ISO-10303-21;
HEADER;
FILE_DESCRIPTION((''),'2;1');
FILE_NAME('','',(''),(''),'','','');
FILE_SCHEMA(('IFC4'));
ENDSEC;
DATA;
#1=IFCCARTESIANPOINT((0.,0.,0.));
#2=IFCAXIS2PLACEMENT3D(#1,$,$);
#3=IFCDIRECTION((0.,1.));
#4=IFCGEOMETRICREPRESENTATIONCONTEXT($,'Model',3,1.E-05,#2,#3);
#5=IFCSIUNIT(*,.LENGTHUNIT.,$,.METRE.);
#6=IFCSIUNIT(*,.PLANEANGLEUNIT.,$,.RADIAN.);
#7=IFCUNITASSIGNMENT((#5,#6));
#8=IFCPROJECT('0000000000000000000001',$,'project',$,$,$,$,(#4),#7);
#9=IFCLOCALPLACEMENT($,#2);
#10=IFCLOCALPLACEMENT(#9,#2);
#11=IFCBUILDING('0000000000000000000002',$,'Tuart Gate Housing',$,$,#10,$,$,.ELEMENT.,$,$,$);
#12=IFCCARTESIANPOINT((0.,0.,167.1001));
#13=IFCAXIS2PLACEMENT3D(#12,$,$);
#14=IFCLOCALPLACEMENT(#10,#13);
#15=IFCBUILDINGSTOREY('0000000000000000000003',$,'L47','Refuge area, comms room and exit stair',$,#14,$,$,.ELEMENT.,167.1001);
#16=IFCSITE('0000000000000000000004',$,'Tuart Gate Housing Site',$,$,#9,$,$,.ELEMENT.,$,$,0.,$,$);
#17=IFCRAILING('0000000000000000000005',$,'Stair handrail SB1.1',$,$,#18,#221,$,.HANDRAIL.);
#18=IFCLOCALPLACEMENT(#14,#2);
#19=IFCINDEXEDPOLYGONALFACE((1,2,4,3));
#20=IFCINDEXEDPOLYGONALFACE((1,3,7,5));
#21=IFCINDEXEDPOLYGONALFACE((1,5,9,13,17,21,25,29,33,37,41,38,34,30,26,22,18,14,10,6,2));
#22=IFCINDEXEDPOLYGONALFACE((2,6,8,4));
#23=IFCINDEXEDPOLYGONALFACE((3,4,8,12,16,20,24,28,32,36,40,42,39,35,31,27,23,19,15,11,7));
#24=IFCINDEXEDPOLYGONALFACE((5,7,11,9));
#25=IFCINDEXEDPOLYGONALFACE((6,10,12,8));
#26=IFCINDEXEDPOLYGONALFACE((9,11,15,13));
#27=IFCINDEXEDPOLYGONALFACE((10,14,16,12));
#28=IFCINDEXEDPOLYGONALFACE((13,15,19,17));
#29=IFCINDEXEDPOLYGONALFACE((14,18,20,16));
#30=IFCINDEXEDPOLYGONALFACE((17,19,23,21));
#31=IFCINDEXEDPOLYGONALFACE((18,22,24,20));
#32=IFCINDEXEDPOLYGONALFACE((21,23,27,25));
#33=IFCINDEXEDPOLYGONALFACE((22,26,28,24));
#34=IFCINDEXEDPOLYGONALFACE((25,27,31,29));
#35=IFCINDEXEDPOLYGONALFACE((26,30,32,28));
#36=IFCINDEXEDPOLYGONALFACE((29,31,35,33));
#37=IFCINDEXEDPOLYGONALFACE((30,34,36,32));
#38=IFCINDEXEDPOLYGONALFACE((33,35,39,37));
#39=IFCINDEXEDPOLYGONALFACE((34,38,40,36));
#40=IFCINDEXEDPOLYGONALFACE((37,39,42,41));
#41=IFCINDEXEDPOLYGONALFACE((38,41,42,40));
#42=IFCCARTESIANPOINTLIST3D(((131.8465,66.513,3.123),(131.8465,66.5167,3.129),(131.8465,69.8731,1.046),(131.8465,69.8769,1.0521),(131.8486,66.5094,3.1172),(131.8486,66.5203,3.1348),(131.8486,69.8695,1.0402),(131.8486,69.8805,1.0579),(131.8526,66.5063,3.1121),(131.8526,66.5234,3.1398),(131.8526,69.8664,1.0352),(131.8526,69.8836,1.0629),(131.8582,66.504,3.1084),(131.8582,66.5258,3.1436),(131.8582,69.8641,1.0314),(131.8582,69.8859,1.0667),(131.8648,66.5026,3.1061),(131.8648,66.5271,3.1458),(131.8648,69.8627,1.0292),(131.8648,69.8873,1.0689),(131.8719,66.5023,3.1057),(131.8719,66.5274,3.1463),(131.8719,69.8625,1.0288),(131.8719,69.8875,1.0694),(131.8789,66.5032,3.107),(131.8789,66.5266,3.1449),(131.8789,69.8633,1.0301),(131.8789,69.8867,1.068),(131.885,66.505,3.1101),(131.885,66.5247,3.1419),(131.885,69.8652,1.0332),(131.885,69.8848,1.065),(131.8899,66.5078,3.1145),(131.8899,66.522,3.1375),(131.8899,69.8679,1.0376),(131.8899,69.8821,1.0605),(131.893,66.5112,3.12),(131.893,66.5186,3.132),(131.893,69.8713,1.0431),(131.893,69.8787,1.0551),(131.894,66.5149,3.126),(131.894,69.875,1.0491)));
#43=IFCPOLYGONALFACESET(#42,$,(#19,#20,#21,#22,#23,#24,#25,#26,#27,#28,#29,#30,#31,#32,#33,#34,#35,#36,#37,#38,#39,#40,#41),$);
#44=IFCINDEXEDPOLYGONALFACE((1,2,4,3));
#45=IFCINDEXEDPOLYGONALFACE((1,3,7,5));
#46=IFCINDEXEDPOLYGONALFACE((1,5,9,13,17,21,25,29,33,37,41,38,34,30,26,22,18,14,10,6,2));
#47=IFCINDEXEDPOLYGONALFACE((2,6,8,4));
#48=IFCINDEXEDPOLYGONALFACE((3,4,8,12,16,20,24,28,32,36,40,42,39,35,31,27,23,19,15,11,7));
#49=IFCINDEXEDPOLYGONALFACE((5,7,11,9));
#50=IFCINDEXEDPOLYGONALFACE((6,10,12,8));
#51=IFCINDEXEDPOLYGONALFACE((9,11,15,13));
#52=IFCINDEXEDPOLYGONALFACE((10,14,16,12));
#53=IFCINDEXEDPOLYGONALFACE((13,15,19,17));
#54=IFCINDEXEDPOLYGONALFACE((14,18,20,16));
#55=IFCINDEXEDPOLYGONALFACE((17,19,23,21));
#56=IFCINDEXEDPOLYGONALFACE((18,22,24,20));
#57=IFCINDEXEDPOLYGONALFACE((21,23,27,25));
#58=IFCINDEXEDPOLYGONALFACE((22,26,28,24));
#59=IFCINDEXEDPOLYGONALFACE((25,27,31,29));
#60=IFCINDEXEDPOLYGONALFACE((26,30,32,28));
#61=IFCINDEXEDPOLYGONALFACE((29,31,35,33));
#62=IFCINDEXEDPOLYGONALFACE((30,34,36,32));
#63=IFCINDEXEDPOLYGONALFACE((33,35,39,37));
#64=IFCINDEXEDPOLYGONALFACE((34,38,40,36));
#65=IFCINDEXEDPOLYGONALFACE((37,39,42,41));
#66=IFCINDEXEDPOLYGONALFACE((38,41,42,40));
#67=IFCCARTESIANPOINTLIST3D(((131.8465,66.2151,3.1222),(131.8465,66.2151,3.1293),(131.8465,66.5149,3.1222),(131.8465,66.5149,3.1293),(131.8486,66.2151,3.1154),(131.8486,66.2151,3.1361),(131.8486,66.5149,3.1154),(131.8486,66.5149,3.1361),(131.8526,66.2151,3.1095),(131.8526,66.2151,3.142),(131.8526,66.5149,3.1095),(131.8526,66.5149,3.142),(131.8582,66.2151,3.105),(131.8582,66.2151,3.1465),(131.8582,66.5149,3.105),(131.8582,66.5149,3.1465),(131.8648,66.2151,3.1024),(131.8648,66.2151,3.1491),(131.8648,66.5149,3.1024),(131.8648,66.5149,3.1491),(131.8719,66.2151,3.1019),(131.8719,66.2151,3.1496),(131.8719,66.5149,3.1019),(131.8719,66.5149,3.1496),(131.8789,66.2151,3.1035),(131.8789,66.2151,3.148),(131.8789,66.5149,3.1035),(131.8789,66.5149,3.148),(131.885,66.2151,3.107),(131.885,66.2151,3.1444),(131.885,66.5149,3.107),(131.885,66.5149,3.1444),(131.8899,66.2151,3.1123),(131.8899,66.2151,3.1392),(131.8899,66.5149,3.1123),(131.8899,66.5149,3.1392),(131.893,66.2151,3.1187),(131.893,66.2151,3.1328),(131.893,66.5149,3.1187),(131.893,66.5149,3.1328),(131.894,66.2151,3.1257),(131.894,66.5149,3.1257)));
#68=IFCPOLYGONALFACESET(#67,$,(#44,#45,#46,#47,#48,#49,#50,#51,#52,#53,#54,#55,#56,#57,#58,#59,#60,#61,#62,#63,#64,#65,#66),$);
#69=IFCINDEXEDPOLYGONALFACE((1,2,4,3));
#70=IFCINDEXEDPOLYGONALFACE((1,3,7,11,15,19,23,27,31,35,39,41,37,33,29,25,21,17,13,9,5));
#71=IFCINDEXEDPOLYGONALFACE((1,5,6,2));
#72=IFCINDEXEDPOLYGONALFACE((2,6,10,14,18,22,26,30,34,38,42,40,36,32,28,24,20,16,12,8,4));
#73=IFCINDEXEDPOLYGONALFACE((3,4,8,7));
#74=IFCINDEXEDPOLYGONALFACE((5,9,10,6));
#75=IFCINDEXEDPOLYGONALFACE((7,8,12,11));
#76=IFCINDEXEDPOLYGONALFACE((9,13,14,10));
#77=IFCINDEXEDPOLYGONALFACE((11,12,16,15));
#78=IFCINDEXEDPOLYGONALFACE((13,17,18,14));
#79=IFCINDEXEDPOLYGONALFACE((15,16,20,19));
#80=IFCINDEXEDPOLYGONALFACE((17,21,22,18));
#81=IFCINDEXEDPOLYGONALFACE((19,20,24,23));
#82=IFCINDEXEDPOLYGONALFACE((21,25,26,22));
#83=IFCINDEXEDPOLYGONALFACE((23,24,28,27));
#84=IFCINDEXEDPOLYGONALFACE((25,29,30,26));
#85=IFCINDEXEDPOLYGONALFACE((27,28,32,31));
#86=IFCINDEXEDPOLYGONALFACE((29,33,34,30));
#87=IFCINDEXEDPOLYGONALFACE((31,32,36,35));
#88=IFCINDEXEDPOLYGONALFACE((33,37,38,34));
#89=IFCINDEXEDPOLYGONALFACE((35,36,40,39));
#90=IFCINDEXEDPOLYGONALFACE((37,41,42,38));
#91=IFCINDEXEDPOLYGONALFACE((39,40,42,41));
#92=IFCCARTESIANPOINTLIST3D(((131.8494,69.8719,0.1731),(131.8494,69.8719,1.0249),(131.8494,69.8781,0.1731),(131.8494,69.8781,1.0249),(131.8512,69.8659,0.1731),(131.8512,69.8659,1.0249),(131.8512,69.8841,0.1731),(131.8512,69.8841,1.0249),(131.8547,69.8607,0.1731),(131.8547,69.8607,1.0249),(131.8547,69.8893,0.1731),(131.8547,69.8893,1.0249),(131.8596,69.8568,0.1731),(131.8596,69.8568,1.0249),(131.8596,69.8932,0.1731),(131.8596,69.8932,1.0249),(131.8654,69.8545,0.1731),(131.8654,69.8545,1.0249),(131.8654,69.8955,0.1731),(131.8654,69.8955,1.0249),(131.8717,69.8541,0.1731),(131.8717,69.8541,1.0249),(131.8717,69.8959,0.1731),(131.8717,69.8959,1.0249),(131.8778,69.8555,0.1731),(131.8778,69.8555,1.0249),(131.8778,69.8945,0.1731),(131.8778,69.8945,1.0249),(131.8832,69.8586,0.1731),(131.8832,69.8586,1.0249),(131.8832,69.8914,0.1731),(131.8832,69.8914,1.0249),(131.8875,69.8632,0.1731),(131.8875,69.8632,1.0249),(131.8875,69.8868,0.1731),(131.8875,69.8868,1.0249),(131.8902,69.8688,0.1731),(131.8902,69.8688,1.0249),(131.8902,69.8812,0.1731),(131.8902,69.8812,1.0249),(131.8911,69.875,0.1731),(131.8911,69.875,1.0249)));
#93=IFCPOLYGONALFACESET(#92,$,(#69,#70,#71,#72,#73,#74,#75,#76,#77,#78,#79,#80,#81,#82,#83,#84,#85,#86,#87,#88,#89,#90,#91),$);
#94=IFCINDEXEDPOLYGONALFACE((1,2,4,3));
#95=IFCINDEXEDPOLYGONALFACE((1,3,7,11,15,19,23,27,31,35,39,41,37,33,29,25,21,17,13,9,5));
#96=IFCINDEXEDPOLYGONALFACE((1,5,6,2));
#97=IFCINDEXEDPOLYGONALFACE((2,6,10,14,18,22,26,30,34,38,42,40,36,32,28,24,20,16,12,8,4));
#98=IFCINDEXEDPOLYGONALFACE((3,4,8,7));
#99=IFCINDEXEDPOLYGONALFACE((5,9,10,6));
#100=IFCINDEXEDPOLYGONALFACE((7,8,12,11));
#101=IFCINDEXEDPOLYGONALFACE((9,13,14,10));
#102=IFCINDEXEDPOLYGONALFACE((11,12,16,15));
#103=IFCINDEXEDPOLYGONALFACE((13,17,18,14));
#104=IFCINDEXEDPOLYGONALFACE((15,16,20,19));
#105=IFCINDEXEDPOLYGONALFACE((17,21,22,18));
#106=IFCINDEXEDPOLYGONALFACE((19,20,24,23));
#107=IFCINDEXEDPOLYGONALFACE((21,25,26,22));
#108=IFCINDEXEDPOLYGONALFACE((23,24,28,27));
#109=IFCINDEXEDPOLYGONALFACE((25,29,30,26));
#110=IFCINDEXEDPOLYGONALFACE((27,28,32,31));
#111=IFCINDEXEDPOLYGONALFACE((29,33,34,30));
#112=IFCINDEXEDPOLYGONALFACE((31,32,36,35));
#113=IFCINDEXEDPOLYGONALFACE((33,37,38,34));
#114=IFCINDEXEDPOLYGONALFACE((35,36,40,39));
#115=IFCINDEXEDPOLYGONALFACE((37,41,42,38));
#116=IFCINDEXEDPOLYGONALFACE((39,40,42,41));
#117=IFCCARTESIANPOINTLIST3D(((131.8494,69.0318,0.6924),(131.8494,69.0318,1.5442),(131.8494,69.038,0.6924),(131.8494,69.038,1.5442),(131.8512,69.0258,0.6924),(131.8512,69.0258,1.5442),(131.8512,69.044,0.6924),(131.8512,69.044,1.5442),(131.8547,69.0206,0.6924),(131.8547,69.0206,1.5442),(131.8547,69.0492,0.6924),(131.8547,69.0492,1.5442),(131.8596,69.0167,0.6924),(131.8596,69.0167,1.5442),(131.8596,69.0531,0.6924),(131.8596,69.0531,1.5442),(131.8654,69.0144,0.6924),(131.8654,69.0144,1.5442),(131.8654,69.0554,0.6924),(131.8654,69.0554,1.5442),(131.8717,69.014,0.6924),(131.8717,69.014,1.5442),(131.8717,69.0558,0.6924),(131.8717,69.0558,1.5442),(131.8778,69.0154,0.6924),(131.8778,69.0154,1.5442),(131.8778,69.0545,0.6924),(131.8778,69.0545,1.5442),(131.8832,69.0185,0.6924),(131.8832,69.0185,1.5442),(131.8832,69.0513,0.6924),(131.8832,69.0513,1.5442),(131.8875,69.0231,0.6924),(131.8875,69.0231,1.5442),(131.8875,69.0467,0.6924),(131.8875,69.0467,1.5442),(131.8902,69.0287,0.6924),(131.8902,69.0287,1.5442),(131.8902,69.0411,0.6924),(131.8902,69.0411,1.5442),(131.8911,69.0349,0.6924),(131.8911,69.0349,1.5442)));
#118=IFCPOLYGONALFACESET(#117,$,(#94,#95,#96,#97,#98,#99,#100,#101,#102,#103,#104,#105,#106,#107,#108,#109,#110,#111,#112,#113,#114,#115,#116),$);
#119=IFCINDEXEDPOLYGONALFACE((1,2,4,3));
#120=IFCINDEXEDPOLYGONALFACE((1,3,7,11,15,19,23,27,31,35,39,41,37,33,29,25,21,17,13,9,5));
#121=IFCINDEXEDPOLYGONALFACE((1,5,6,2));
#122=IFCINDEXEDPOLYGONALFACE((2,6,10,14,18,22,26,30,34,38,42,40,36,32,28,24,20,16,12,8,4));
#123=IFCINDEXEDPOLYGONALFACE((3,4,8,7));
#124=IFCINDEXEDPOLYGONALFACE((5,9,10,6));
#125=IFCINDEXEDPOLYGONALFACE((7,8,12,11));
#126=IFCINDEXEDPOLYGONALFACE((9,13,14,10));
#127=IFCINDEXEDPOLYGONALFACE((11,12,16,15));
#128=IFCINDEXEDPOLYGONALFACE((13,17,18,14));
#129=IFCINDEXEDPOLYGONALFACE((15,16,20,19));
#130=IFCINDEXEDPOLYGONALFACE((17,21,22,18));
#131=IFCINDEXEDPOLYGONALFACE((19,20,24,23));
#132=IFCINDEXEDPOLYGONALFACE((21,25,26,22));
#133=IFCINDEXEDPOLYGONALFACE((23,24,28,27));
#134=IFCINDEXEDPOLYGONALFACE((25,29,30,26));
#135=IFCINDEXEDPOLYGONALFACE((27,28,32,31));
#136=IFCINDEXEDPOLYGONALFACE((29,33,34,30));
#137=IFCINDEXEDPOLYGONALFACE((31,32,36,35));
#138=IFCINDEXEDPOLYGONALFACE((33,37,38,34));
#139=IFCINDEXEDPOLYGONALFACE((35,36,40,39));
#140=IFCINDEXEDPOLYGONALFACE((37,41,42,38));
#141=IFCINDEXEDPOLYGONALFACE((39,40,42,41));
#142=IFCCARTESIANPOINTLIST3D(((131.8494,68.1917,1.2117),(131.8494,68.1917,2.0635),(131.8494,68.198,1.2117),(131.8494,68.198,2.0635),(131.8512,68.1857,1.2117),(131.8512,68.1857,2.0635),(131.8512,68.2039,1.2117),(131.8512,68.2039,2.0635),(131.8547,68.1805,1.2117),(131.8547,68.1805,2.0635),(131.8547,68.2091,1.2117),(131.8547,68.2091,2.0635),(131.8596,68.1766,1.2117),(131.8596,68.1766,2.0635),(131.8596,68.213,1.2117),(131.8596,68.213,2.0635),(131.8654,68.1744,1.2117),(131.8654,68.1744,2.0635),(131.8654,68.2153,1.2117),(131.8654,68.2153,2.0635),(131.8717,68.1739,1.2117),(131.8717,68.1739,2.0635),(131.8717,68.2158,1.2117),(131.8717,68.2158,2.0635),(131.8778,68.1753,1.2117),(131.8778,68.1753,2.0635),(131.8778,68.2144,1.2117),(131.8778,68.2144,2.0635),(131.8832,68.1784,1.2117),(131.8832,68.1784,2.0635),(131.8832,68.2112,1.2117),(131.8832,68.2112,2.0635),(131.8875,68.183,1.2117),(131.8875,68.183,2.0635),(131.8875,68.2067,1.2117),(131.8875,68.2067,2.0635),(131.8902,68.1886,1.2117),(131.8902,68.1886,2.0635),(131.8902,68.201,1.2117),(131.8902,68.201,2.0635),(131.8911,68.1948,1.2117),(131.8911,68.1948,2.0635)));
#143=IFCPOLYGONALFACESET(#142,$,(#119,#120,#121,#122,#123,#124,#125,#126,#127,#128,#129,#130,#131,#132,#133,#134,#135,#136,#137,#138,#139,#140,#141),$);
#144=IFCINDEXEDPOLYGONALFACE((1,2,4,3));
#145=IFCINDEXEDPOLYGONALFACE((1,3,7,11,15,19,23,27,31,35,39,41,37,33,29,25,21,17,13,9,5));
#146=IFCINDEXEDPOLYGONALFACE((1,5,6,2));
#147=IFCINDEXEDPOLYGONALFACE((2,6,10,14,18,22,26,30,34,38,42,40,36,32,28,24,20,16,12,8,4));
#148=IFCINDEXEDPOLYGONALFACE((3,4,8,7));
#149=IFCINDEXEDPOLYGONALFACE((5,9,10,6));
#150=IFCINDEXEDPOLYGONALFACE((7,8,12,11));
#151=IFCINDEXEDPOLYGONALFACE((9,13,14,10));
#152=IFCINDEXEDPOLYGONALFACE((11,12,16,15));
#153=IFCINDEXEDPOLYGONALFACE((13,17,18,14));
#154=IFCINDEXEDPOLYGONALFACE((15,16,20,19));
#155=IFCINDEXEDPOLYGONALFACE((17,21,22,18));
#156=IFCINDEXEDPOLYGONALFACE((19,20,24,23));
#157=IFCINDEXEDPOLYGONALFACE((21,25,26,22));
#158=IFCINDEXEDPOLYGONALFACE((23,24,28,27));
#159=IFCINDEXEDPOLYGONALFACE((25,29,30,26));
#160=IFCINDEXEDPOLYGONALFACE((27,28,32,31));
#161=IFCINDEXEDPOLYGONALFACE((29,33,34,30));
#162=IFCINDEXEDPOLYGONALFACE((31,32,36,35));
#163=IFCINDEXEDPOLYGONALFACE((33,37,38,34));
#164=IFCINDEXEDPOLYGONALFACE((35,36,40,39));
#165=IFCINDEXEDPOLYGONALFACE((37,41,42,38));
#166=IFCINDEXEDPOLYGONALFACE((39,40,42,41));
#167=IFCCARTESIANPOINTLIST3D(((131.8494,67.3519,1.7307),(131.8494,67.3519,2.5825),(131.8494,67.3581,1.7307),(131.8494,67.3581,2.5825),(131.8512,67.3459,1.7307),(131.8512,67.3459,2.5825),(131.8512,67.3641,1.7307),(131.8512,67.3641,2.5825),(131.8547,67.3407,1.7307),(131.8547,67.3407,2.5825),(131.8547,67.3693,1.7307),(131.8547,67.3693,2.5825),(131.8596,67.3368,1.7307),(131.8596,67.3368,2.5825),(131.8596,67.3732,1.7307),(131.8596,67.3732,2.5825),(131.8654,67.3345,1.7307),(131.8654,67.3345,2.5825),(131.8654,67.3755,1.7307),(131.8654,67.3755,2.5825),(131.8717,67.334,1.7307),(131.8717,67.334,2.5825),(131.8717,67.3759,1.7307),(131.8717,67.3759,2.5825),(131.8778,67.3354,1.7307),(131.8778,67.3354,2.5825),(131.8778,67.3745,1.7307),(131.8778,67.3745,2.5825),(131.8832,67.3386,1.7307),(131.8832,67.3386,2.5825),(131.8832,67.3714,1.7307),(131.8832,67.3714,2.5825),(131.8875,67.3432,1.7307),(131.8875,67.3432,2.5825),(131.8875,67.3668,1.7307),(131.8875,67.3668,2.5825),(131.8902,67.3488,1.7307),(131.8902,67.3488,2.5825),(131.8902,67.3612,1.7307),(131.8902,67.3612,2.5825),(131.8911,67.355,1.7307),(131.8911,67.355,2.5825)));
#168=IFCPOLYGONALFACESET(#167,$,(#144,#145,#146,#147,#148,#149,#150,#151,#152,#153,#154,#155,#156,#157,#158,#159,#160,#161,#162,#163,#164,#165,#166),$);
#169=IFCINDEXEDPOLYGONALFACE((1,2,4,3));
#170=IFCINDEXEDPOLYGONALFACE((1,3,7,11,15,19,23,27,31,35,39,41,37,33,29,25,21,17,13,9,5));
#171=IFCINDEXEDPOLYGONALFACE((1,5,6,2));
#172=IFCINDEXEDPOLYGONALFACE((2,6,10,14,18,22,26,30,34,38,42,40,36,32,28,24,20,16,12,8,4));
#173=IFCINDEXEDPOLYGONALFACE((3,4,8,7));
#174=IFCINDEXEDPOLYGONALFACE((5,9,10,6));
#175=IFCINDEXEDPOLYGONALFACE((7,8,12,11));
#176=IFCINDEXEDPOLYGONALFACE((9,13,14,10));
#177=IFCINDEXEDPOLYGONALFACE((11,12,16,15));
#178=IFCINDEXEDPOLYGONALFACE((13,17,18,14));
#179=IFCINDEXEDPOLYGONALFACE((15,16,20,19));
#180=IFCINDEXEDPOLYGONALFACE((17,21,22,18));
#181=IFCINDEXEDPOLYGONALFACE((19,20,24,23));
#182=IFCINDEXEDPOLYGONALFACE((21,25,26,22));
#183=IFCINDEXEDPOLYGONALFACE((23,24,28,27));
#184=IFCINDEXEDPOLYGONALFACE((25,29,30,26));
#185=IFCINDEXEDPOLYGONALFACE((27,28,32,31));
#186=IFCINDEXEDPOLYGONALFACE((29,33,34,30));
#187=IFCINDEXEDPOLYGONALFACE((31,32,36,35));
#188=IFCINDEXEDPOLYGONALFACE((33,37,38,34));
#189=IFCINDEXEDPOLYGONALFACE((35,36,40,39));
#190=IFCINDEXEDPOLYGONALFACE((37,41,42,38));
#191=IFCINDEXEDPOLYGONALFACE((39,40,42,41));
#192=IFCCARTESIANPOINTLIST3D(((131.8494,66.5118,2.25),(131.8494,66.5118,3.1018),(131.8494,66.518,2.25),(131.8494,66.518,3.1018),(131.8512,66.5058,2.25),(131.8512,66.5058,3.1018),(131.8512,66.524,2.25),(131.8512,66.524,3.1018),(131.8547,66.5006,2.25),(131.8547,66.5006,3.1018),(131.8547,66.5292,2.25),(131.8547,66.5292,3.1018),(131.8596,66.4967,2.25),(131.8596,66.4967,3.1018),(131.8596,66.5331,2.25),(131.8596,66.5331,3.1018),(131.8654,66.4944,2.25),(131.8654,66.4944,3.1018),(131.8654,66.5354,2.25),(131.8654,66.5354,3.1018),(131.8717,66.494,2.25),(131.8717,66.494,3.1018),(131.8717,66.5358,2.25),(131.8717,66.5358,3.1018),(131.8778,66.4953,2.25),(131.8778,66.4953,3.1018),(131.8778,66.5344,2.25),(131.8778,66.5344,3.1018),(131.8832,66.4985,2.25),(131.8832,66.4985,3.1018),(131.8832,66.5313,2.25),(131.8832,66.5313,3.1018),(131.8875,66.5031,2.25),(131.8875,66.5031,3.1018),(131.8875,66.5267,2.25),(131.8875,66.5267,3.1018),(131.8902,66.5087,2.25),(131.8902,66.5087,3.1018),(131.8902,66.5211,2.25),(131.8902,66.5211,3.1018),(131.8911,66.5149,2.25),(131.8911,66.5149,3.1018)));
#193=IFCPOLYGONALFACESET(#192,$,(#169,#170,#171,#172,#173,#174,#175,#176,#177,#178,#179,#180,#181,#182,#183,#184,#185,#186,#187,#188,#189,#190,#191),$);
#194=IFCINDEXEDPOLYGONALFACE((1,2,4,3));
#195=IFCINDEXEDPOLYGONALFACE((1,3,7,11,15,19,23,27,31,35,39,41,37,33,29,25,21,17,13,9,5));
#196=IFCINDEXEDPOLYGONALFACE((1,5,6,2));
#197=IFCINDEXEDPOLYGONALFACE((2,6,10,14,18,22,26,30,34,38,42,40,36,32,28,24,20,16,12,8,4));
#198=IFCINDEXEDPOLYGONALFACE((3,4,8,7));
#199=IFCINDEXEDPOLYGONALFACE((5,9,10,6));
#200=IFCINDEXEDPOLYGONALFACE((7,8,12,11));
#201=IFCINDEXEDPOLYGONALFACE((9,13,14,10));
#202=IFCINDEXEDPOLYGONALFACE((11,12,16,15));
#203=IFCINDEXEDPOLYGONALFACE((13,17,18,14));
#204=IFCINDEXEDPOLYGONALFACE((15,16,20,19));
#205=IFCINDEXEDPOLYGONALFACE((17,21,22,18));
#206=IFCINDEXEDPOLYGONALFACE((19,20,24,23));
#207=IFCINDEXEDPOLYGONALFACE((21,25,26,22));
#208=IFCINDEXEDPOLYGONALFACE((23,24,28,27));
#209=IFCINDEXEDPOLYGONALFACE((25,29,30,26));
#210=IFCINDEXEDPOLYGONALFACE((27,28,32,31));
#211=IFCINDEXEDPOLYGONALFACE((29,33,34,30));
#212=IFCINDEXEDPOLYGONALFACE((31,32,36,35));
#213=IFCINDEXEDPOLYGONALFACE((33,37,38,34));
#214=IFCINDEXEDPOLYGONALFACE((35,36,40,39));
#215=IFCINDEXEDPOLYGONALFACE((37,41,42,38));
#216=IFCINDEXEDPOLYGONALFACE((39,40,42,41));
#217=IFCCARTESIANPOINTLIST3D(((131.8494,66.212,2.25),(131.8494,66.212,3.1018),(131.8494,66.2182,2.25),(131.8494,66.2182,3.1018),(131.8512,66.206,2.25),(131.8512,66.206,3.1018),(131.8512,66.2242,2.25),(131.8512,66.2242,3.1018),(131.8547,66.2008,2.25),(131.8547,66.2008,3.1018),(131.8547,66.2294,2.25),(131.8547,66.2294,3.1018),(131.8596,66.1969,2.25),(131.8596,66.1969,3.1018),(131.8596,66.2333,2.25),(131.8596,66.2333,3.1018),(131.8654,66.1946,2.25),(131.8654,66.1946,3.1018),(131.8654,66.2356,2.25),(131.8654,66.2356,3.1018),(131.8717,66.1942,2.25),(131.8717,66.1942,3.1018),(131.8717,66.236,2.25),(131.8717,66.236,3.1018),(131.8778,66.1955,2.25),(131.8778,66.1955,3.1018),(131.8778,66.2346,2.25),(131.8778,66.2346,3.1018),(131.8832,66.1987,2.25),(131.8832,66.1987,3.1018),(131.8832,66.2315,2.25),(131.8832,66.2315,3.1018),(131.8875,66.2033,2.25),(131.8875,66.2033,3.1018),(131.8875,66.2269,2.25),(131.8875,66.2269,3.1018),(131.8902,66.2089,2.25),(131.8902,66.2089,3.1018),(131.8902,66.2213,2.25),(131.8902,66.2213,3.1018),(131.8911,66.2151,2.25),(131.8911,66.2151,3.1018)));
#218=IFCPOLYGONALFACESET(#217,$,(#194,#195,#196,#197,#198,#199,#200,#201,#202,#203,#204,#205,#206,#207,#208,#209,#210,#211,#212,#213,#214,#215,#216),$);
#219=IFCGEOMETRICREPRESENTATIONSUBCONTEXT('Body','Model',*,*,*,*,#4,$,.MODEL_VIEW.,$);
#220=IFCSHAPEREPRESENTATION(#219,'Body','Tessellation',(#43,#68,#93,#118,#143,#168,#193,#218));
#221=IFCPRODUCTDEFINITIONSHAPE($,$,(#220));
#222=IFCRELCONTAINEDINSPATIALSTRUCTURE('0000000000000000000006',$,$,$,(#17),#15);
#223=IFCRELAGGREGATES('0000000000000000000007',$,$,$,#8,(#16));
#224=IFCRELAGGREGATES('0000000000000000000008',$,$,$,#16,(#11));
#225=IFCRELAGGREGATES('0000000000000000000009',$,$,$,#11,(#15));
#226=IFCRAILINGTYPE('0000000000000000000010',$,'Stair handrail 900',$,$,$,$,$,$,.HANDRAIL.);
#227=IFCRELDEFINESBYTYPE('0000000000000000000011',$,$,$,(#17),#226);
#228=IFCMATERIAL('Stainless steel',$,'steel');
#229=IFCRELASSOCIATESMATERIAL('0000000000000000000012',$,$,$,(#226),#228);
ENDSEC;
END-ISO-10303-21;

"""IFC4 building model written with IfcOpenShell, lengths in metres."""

from ifc_helpers import new_model, si_unit, direction, frame, origin, origin_2d, place, context, subcontext, project, spatial, circle, extrude, material, type_object, element, save


model = new_model("IFC4")

# Units and contexts
model_context = context("Model", 3, precision=1e-05, world=origin(), true_north=direction((0.0, 1.0)))
body_context = subcontext(model_context, "Body", "Model", "MODEL_VIEW")
ifc_project = project(units=[si_unit("LENGTHUNIT", "METRE"), si_unit("PLANEANGLEUNIT", "RADIAN")], contexts=[model_context])

# Site, building, storey
site_placement = place(None, origin())
site = spatial("IfcSite", under=ifc_project, at=site_placement, Name="Tuart Gate Housing Site", CompositionType="ELEMENT", RefElevation=0.0)
building_placement = place(site_placement, origin())
building = spatial("IfcBuilding", under=site, at=building_placement, Name="Tuart Gate Housing", CompositionType="ELEMENT")
storey_placement = place(building_placement, frame((0.0, 0.0, 167.1001)))
storey = spatial("IfcBuildingStorey", under=building, at=storey_placement, Name="L47", Description="Refuge area, comms room and exit stair", CompositionType="ELEMENT", Elevation=167.1001)

# Railing
ifc_material_1 = material(Name="Stainless steel", Category="steel")
railing_type = type_object("IfcRailingType", Name="Stair handrail 900", PredefinedType="HANDRAIL", material=ifc_material_1)
railing_placement = place(storey_placement, frame((131.8701, 69.875, 0.1731)))
element("IfcRailing", 1, at=railing_placement, inside=storey, type_object=railing_type, Name="Stair handrail SB1.1", PredefinedType="HANDRAIL", context=body_context, shape_type="SweptSolid", body=[
    extrude(circle(Radius=0.0239, at=origin_2d()), frame((0.0, 0.0, 0.876), z_axis=(0.0, -0.850623, 0.525776), x_axis=(1.0, 0.0, 0.0)), (0.0, 0.0, 1.0), 3.9502),
    extrude(circle(Radius=0.0239, at=origin_2d()), frame((0.0, -3.3601, 2.9526), z_axis=(0.0, -1.0, 0.0), x_axis=(1.0, 0.0, 0.0)), (0.0, 0.0, 1.0), 0.2998),
    extrude(circle(Radius=0.021, at=origin_2d()), origin(), (0.0, 0.0, 1.0), 0.8518),
    extrude(circle(Radius=0.021, at=origin_2d()), frame((0.0, -0.8401, 0.5193)), (0.0, 0.0, 1.0), 0.8518),
    extrude(circle(Radius=0.021, at=origin_2d()), frame((0.0, -1.6802, 1.0386)), (0.0, 0.0, 1.0), 0.8518),
    extrude(circle(Radius=0.021, at=origin_2d()), frame((0.0, -2.52, 1.5576)), (0.0, 0.0, 1.0), 0.8518),
    extrude(circle(Radius=0.021, at=origin_2d()), frame((0.0, -3.3601, 2.0769)), (0.0, 0.0, 1.0), 0.8518),
    extrude(circle(Radius=0.021, at=origin_2d()), frame((0.0, -3.6599, 2.0769)), (0.0, 0.0, 1.0), 0.8518),
])

save(model, "model.ifc")
